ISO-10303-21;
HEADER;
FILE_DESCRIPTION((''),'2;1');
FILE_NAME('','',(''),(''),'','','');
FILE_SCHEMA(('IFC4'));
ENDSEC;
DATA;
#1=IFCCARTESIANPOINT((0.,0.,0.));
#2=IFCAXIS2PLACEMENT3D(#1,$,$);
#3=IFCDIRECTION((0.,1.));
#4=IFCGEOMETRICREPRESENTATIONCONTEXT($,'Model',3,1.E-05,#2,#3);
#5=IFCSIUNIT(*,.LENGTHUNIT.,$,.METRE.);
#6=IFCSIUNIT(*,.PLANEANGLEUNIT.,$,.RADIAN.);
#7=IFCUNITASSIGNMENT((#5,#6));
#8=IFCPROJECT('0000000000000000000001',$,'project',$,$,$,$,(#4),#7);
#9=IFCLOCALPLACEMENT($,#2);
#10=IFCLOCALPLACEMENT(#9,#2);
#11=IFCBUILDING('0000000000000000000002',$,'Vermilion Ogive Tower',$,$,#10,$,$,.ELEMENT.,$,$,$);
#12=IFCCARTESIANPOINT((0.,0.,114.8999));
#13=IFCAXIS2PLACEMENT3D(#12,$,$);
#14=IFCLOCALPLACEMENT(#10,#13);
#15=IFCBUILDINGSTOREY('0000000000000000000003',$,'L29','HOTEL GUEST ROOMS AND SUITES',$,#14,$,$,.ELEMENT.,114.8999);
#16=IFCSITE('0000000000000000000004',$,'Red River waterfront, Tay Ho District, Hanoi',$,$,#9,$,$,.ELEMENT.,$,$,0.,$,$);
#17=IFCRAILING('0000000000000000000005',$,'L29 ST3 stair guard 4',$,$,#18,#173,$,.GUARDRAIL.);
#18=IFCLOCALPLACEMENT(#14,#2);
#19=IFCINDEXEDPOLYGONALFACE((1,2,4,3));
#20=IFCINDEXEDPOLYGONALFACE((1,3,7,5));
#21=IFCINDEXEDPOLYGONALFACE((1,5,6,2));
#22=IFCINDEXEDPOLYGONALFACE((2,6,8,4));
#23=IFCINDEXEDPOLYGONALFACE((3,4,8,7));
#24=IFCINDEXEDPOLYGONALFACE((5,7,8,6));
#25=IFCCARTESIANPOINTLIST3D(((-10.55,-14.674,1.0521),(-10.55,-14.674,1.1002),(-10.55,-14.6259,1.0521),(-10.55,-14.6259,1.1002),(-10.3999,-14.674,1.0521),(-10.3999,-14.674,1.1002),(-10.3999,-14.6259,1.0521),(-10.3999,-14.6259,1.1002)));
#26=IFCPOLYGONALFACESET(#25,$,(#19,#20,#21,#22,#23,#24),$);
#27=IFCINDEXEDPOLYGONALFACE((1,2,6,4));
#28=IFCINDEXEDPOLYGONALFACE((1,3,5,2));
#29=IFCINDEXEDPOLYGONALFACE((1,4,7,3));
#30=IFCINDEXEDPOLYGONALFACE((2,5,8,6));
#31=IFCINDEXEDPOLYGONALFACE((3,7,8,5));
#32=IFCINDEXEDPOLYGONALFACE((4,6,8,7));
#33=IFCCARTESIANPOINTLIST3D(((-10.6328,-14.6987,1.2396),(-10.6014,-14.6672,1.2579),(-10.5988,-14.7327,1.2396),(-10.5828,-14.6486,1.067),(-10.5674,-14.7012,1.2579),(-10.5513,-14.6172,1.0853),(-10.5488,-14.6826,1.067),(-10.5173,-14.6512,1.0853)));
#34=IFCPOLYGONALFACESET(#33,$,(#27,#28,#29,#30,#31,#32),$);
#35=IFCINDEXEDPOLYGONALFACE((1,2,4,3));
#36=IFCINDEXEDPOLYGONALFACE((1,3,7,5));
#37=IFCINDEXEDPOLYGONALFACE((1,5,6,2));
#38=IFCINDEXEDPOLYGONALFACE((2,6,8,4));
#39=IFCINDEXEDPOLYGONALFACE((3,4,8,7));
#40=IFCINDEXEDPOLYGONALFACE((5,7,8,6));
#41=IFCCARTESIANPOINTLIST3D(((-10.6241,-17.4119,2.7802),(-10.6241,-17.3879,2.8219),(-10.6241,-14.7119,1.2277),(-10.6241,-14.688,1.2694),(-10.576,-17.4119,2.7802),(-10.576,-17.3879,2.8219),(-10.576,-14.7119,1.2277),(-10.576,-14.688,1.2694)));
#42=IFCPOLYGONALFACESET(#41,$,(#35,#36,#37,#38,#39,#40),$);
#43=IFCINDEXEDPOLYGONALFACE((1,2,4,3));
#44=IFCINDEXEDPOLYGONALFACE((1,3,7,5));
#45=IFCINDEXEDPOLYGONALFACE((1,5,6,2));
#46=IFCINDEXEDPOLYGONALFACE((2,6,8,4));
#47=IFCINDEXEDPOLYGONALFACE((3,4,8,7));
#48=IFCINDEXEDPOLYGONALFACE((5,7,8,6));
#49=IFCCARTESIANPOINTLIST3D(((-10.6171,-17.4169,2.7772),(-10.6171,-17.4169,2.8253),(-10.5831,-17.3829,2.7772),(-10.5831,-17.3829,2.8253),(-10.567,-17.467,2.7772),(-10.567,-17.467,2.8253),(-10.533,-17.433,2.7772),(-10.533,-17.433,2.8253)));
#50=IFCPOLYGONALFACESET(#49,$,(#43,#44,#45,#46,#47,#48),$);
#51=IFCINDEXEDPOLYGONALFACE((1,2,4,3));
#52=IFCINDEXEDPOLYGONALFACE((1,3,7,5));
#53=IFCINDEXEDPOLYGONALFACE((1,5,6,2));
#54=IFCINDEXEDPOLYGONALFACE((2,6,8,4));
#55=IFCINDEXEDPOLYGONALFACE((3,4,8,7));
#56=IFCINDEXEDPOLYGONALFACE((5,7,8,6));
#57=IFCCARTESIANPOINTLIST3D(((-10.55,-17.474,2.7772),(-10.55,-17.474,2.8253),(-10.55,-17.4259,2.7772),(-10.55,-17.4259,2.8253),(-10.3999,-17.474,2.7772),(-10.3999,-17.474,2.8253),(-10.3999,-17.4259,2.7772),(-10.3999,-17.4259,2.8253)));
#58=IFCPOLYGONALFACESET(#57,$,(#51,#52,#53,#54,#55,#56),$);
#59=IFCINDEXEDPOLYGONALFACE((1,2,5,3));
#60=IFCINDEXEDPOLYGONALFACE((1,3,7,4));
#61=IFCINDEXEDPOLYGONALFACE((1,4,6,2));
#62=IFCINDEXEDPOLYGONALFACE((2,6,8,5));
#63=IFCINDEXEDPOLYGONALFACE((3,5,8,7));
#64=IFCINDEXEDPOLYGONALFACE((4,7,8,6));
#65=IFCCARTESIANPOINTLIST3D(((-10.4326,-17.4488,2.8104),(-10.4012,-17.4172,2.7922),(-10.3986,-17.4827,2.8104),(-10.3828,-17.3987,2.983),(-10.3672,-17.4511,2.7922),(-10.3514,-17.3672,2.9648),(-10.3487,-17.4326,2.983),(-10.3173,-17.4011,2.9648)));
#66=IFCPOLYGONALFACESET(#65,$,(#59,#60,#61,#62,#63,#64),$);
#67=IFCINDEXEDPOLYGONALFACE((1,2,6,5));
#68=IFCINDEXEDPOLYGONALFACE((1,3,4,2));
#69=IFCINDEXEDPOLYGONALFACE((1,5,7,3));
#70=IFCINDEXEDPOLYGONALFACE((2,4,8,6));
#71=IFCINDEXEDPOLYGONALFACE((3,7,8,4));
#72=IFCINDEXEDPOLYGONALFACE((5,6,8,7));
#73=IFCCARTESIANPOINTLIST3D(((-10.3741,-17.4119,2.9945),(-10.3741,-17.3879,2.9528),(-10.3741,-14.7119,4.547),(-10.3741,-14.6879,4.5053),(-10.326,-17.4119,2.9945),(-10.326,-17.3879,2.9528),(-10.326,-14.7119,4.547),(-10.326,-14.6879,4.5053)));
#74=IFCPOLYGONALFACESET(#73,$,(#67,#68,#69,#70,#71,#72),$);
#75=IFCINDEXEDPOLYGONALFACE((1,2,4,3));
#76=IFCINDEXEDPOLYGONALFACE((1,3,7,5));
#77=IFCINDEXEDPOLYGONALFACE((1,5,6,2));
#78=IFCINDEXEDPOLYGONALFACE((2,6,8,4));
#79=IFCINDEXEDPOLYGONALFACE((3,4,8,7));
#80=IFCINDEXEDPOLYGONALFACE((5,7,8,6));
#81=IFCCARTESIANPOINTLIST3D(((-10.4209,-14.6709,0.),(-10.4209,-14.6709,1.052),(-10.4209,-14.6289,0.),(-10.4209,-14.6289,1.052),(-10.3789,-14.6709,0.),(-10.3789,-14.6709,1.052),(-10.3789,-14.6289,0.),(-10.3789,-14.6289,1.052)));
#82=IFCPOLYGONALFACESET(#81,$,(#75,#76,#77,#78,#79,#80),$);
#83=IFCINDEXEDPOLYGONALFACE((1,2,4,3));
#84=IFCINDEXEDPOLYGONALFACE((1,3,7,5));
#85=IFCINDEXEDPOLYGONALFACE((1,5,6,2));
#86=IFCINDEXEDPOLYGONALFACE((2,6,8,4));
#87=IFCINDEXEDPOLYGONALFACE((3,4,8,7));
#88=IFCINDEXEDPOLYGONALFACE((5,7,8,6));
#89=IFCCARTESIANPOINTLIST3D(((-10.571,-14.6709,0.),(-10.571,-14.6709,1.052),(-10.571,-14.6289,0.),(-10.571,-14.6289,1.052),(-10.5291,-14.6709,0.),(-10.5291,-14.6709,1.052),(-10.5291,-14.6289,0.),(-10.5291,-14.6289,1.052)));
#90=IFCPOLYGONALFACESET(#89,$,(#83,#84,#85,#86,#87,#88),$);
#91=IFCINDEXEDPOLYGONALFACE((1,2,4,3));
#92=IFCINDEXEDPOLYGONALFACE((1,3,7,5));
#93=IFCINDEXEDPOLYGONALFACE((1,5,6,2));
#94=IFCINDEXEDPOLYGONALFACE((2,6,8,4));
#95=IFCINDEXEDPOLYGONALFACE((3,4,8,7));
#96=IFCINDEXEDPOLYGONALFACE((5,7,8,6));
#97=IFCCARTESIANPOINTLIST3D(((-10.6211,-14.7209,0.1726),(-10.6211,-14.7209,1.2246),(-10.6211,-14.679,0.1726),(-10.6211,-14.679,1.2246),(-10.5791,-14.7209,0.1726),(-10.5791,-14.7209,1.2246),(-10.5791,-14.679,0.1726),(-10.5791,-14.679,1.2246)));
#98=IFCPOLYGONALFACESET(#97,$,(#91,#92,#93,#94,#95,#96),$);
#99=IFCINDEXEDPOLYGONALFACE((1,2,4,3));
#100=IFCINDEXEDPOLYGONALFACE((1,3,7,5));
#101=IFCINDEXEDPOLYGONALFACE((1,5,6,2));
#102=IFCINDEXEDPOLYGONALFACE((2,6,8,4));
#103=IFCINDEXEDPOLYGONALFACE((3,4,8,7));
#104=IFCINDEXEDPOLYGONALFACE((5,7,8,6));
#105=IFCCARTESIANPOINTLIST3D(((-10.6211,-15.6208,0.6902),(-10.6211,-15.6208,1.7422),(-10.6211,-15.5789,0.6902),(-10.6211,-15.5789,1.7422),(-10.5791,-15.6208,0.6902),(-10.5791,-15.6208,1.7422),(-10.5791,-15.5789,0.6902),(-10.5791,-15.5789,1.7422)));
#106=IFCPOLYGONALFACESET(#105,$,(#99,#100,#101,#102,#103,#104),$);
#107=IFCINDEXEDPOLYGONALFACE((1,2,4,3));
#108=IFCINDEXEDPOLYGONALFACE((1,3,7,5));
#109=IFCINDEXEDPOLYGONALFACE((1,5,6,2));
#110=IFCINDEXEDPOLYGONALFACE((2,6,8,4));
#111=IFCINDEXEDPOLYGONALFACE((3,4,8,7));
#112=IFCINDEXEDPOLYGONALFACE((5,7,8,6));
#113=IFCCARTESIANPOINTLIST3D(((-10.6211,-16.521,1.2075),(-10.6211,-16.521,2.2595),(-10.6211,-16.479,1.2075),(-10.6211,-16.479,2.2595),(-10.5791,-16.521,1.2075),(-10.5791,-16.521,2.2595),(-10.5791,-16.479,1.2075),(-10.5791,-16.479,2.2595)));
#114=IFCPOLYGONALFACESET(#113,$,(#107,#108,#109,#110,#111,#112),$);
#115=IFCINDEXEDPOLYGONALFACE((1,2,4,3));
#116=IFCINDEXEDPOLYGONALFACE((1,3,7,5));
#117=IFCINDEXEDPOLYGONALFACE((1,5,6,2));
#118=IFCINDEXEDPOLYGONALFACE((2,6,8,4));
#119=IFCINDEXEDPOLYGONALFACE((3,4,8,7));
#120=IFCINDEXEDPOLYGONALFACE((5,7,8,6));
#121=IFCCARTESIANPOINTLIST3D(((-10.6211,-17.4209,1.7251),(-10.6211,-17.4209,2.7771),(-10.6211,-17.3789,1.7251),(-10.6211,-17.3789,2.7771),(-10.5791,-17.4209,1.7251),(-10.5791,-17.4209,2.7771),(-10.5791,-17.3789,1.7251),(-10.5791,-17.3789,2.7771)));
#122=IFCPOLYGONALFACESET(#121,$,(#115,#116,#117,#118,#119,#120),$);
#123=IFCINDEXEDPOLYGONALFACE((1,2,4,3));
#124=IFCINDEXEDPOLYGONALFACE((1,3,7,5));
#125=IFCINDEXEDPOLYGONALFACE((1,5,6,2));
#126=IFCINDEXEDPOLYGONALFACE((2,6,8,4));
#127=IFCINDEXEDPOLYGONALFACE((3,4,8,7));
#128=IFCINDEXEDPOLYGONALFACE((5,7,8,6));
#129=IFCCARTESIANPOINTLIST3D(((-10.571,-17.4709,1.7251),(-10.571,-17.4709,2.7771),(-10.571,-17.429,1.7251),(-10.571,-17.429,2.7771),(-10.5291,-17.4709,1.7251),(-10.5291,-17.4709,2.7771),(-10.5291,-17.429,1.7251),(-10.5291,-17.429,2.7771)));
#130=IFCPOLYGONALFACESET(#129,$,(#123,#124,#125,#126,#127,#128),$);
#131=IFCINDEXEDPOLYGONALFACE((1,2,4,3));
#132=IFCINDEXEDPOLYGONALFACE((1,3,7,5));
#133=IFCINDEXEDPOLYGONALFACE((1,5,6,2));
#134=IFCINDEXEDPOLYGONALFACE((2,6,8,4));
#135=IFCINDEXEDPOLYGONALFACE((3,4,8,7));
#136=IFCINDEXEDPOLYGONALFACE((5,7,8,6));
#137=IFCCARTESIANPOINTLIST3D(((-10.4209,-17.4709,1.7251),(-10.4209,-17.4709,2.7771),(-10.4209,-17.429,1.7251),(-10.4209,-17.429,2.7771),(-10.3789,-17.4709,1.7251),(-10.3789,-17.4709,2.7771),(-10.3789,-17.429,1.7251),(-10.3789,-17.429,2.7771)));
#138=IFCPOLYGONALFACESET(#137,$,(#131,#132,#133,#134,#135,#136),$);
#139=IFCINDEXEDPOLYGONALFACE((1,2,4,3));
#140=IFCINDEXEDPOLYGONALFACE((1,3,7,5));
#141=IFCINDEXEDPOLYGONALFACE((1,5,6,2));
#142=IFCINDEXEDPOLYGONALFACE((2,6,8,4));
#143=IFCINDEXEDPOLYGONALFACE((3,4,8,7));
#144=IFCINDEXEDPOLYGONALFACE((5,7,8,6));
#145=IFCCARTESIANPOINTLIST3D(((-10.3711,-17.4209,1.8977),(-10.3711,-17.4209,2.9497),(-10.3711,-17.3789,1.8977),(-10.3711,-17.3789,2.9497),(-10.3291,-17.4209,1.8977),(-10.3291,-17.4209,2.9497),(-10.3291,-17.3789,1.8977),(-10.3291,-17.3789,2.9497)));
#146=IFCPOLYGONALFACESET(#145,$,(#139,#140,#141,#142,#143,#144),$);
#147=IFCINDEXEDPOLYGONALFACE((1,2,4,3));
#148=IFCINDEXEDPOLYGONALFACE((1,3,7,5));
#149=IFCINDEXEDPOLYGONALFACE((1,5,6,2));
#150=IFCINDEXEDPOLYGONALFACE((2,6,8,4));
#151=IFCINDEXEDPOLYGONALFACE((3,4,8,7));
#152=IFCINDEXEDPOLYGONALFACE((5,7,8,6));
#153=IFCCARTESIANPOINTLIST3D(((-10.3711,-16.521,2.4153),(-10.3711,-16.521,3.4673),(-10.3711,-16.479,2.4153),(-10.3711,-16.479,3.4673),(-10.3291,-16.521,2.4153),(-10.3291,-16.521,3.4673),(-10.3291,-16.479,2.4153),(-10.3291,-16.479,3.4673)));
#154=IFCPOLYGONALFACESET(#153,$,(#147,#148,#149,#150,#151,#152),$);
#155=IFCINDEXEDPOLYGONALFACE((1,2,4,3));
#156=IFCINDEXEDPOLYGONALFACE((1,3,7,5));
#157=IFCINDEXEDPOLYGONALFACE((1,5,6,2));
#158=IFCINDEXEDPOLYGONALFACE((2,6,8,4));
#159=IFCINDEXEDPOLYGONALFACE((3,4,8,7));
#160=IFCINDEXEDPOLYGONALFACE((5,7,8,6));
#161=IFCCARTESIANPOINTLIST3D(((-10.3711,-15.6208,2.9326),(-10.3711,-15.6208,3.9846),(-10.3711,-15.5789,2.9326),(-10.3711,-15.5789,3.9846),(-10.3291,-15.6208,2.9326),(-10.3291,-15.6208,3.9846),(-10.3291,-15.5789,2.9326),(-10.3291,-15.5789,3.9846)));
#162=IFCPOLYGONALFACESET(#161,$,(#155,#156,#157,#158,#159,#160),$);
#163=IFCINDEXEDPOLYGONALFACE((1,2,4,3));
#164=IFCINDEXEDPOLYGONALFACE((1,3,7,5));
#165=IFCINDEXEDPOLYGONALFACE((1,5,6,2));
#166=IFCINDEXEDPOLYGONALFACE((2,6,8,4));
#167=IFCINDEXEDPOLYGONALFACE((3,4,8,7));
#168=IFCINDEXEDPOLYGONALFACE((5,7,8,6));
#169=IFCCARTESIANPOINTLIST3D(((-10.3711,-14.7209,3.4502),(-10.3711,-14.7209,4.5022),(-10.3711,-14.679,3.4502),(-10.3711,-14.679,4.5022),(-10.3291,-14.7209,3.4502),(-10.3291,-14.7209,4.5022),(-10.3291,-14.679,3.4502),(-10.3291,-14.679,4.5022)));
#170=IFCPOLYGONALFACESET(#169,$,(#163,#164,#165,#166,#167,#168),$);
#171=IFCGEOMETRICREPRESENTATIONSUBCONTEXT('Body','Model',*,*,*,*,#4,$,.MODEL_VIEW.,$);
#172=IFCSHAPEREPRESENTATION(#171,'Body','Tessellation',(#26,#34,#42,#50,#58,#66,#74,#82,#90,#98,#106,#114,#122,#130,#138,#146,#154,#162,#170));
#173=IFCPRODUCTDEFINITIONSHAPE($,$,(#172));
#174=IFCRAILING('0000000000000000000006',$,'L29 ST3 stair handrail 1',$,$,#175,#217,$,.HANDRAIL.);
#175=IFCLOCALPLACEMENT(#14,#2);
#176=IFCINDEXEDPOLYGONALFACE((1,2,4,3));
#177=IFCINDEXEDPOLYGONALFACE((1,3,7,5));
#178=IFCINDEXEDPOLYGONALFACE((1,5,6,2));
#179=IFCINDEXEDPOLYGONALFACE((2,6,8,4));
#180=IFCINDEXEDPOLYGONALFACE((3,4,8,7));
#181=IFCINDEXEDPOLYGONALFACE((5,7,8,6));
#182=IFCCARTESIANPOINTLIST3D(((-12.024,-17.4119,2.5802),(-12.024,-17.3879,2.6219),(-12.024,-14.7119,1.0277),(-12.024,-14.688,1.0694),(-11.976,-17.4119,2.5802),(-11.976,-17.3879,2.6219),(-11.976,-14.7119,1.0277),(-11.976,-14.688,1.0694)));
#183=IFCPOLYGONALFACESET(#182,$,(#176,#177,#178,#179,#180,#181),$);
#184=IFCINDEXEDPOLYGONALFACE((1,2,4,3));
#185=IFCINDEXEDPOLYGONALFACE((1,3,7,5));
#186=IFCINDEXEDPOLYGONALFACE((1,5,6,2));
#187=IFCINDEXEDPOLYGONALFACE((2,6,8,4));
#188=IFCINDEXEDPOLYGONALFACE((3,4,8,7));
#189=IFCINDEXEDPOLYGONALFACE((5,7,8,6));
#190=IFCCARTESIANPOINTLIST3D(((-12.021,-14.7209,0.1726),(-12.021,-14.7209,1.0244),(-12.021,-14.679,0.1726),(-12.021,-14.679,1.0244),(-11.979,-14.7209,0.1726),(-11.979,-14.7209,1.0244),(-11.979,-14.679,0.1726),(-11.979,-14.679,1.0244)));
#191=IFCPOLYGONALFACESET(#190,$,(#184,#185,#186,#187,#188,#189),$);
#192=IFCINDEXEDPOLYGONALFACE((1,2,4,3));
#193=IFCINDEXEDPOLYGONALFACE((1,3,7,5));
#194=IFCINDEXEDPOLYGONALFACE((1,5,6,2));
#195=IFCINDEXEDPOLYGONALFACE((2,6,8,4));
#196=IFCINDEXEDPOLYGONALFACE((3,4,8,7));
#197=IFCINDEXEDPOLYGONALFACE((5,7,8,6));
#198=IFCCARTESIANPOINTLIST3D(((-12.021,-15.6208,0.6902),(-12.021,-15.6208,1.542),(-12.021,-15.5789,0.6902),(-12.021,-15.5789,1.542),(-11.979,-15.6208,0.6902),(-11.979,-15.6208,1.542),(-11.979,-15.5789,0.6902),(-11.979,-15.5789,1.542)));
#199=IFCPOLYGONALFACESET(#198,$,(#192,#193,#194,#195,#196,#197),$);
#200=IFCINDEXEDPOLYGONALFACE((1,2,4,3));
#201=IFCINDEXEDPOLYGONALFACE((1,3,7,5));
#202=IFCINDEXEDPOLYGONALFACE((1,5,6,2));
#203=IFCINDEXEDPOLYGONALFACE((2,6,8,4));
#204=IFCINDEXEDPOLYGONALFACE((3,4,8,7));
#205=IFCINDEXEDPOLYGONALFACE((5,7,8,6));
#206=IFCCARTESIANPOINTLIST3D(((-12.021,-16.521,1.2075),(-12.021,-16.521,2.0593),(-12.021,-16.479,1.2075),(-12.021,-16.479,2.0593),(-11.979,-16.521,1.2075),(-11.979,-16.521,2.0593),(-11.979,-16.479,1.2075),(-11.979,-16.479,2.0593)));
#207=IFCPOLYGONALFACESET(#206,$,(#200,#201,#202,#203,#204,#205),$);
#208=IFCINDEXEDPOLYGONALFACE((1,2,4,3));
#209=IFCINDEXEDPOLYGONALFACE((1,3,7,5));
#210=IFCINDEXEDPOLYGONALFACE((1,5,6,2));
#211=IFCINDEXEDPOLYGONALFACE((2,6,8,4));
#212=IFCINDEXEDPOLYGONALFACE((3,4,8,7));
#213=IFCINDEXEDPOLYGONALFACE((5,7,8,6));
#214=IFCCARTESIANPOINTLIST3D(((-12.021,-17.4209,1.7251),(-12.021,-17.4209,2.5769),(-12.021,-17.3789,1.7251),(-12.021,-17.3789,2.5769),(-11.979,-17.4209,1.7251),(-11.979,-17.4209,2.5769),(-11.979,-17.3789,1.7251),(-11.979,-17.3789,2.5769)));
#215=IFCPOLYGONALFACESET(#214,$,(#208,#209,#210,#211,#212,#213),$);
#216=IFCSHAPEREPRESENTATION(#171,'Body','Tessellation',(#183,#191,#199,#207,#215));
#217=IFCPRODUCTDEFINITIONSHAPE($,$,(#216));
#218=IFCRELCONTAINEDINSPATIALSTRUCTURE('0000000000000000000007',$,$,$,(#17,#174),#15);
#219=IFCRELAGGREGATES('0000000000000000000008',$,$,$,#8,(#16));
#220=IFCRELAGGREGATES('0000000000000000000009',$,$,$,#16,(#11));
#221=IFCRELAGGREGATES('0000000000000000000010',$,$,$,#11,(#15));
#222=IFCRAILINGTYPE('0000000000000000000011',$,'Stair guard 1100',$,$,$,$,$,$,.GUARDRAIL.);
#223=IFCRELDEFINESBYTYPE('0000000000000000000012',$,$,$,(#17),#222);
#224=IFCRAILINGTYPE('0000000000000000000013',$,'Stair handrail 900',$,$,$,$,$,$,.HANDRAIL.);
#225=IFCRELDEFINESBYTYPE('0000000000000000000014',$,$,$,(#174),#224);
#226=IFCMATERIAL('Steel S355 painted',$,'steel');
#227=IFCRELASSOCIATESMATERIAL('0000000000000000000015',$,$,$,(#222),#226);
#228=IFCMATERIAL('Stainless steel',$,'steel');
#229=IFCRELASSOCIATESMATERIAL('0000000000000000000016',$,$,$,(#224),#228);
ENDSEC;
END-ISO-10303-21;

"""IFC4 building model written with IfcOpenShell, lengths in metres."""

from ifc_helpers import new_model, si_unit, direction, frame, origin, origin_2d, place, context, subcontext, project, spatial, rectangle, extrude, material, type_object, element, save


model = new_model("IFC4")

# Units and contexts
model_context = context("Model", 3, precision=1e-05, world=origin(), true_north=direction((0.0, 1.0)))
body_context = subcontext(model_context, "Body", "Model", "MODEL_VIEW")
ifc_project = project(units=[si_unit("LENGTHUNIT", "METRE"), si_unit("PLANEANGLEUNIT", "RADIAN")], contexts=[model_context])

# Site, building, storey
site_placement = place(None, origin())
site = spatial("IfcSite", under=ifc_project, at=site_placement, Name="Red River waterfront, Tay Ho District, Hanoi", CompositionType="ELEMENT", RefElevation=0.0)
building_placement = place(site_placement, origin())
building = spatial("IfcBuilding", under=site, at=building_placement, Name="Vermilion Ogive Tower", CompositionType="ELEMENT")
storey_placement = place(building_placement, frame((0.0, 0.0, 114.8999)))
storey = spatial("IfcBuildingStorey", under=building, at=storey_placement, Name="L29", Description="HOTEL GUEST ROOMS AND SUITES", CompositionType="ELEMENT", Elevation=114.8999)

# Railings
ifc_material_1 = material(Name="Steel S355 painted", Category="steel")
railing_type_1 = type_object("IfcRailingType", Name="Stair guard 1100", PredefinedType="GUARDRAIL", material=ifc_material_1)
railing_1_placement = place(storey_placement, frame((-10.3999, -14.6499, 0.0)))
element("IfcRailing", 1, at=railing_1_placement, inside=storey, type_object=railing_type_1, Name="L29 ST3 stair guard 4", PredefinedType="GUARDRAIL", context=body_context, shape_type="SweptSolid", body=[
    extrude(rectangle(XDim=0.0481, YDim=0.0481, at=origin_2d()), frame((0.0, 0.0, 1.0762), z_axis=(-1.0, 0.0, 0.0), x_axis=(0.0, -1.0, 0.0)), (0.0, 0.0, 1.0), 0.1501),
    extrude(rectangle(XDim=0.0481, YDim=0.0481, at=origin_2d()), frame((-0.1501, 0.0, 1.0762), z_axis=(-0.268278, -0.268278, 0.925232), x_axis=(0.707107, -0.707107, 0.0)), (0.0, 0.0, 1.0), 0.1865),
    extrude(rectangle(XDim=0.0481, YDim=0.0481, at=origin_2d()), frame((-0.2002, -0.05, 1.2485), z_axis=(0.0, -0.866904, 0.498476), x_axis=(1.0, 0.0, 0.0)), (0.0, 0.0, 1.0), 3.1145),
    extrude(rectangle(XDim=0.0481, YDim=0.0481, at=origin_2d()), frame((-0.2002, -2.75, 2.8013), z_axis=(0.707107, -0.707107, 0.0), x_axis=(0.707107, 0.707107, 0.0)), (0.0, 0.0, 1.0), 0.0708),
    extrude(rectangle(XDim=0.0481, YDim=0.0481, at=origin_2d()), frame((-0.1501, -2.8, 2.8013), z_axis=(1.0, 0.0, 0.0), x_axis=(0.0, 1.0, 0.0)), (0.0, 0.0, 1.0), 0.1501),
    extrude(rectangle(XDim=0.0481, YDim=0.0481, at=origin_2d()), frame((0.0, -2.8, 2.8013), z_axis=(0.267063, 0.268372, 0.925556), x_axis=(-0.708834, 0.705376, 0.0)), (0.0, 0.0, 1.0), 0.1865),
    extrude(rectangle(XDim=0.0481, YDim=0.0481, at=origin_2d()), frame((0.0498, -2.75, 2.9736), z_axis=(0.0, 0.866904, 0.498476), x_axis=(-1.0, 0.0, 0.0)), (0.0, 0.0, 1.0), 3.1145),
    extrude(rectangle(XDim=0.042, YDim=0.042, at=origin_2d()), origin(), (0.0, 0.0, 1.0), 1.052),
    extrude(rectangle(XDim=0.042, YDim=0.042, at=origin_2d()), frame((-0.1501, 0.0, 0.0)), (0.0, 0.0, 1.0), 1.052),
    extrude(rectangle(XDim=0.042, YDim=0.042, at=origin_2d()), frame((-0.2002, -0.05, 0.1726)), (0.0, 0.0, 1.0), 1.052),
    extrude(rectangle(XDim=0.042, YDim=0.042, at=origin_2d()), frame((-0.2002, -0.95, 0.6902)), (0.0, 0.0, 1.0), 1.052),
    extrude(rectangle(XDim=0.042, YDim=0.042, at=origin_2d()), frame((-0.2002, -1.8501, 1.2075)), (0.0, 0.0, 1.0), 1.052),
    extrude(rectangle(XDim=0.042, YDim=0.042, at=origin_2d()), frame((-0.2002, -2.75, 1.7251)), (0.0, 0.0, 1.0), 1.052),
    extrude(rectangle(XDim=0.042, YDim=0.042, at=origin_2d()), frame((-0.1501, -2.8, 1.7251)), (0.0, 0.0, 1.0), 1.052),
    extrude(rectangle(XDim=0.042, YDim=0.042, at=origin_2d()), frame((0.0, -2.8, 1.7251)), (0.0, 0.0, 1.0), 1.052),
    extrude(rectangle(XDim=0.042, YDim=0.042, at=origin_2d()), frame((0.0498, -2.75, 1.8977)), (0.0, 0.0, 1.0), 1.052),
    extrude(rectangle(XDim=0.042, YDim=0.042, at=origin_2d()), frame((0.0498, -1.8501, 2.4153)), (0.0, 0.0, 1.0), 1.052),
    extrude(rectangle(XDim=0.042, YDim=0.042, at=origin_2d()), frame((0.0498, -0.95, 2.9326)), (0.0, 0.0, 1.0), 1.052),
    extrude(rectangle(XDim=0.042, YDim=0.042, at=origin_2d()), frame((0.0498, -0.05, 3.4502)), (0.0, 0.0, 1.0), 1.052),
])
ifc_material_2 = material(Name="Stainless steel", Category="steel")
railing_type_2 = type_object("IfcRailingType", Name="Stair handrail 900", PredefinedType="HANDRAIL", material=ifc_material_2)
railing_2_placement = place(storey_placement, frame((-12.0, -14.7, 0.1726)))
element("IfcRailing", 2, at=railing_2_placement, inside=storey, type_object=railing_type_2, Name="L29 ST3 stair handrail 1", PredefinedType="HANDRAIL", context=body_context, shape_type="SweptSolid", body=[
    extrude(rectangle(XDim=0.0481, YDim=0.0481, at=origin_2d()), frame((0.0, 0.0, 0.876), z_axis=(0.0, -0.866904, 0.498476), x_axis=(1.0, 0.0, 0.0)), (0.0, 0.0, 1.0), 3.1145),
    extrude(rectangle(XDim=0.042, YDim=0.042, at=origin_2d()), origin(), (0.0, 0.0, 1.0), 0.8518),
    extrude(rectangle(XDim=0.042, YDim=0.042, at=origin_2d()), frame((0.0, -0.8999, 0.5176)), (0.0, 0.0, 1.0), 0.8518),
    extrude(rectangle(XDim=0.042, YDim=0.042, at=origin_2d()), frame((0.0, -1.8, 1.0349)), (0.0, 0.0, 1.0), 0.8518),
    extrude(rectangle(XDim=0.042, YDim=0.042, at=origin_2d()), frame((0.0, -2.7, 1.5525)), (0.0, 0.0, 1.0), 0.8518),
])

save(model, "model.ifc")
